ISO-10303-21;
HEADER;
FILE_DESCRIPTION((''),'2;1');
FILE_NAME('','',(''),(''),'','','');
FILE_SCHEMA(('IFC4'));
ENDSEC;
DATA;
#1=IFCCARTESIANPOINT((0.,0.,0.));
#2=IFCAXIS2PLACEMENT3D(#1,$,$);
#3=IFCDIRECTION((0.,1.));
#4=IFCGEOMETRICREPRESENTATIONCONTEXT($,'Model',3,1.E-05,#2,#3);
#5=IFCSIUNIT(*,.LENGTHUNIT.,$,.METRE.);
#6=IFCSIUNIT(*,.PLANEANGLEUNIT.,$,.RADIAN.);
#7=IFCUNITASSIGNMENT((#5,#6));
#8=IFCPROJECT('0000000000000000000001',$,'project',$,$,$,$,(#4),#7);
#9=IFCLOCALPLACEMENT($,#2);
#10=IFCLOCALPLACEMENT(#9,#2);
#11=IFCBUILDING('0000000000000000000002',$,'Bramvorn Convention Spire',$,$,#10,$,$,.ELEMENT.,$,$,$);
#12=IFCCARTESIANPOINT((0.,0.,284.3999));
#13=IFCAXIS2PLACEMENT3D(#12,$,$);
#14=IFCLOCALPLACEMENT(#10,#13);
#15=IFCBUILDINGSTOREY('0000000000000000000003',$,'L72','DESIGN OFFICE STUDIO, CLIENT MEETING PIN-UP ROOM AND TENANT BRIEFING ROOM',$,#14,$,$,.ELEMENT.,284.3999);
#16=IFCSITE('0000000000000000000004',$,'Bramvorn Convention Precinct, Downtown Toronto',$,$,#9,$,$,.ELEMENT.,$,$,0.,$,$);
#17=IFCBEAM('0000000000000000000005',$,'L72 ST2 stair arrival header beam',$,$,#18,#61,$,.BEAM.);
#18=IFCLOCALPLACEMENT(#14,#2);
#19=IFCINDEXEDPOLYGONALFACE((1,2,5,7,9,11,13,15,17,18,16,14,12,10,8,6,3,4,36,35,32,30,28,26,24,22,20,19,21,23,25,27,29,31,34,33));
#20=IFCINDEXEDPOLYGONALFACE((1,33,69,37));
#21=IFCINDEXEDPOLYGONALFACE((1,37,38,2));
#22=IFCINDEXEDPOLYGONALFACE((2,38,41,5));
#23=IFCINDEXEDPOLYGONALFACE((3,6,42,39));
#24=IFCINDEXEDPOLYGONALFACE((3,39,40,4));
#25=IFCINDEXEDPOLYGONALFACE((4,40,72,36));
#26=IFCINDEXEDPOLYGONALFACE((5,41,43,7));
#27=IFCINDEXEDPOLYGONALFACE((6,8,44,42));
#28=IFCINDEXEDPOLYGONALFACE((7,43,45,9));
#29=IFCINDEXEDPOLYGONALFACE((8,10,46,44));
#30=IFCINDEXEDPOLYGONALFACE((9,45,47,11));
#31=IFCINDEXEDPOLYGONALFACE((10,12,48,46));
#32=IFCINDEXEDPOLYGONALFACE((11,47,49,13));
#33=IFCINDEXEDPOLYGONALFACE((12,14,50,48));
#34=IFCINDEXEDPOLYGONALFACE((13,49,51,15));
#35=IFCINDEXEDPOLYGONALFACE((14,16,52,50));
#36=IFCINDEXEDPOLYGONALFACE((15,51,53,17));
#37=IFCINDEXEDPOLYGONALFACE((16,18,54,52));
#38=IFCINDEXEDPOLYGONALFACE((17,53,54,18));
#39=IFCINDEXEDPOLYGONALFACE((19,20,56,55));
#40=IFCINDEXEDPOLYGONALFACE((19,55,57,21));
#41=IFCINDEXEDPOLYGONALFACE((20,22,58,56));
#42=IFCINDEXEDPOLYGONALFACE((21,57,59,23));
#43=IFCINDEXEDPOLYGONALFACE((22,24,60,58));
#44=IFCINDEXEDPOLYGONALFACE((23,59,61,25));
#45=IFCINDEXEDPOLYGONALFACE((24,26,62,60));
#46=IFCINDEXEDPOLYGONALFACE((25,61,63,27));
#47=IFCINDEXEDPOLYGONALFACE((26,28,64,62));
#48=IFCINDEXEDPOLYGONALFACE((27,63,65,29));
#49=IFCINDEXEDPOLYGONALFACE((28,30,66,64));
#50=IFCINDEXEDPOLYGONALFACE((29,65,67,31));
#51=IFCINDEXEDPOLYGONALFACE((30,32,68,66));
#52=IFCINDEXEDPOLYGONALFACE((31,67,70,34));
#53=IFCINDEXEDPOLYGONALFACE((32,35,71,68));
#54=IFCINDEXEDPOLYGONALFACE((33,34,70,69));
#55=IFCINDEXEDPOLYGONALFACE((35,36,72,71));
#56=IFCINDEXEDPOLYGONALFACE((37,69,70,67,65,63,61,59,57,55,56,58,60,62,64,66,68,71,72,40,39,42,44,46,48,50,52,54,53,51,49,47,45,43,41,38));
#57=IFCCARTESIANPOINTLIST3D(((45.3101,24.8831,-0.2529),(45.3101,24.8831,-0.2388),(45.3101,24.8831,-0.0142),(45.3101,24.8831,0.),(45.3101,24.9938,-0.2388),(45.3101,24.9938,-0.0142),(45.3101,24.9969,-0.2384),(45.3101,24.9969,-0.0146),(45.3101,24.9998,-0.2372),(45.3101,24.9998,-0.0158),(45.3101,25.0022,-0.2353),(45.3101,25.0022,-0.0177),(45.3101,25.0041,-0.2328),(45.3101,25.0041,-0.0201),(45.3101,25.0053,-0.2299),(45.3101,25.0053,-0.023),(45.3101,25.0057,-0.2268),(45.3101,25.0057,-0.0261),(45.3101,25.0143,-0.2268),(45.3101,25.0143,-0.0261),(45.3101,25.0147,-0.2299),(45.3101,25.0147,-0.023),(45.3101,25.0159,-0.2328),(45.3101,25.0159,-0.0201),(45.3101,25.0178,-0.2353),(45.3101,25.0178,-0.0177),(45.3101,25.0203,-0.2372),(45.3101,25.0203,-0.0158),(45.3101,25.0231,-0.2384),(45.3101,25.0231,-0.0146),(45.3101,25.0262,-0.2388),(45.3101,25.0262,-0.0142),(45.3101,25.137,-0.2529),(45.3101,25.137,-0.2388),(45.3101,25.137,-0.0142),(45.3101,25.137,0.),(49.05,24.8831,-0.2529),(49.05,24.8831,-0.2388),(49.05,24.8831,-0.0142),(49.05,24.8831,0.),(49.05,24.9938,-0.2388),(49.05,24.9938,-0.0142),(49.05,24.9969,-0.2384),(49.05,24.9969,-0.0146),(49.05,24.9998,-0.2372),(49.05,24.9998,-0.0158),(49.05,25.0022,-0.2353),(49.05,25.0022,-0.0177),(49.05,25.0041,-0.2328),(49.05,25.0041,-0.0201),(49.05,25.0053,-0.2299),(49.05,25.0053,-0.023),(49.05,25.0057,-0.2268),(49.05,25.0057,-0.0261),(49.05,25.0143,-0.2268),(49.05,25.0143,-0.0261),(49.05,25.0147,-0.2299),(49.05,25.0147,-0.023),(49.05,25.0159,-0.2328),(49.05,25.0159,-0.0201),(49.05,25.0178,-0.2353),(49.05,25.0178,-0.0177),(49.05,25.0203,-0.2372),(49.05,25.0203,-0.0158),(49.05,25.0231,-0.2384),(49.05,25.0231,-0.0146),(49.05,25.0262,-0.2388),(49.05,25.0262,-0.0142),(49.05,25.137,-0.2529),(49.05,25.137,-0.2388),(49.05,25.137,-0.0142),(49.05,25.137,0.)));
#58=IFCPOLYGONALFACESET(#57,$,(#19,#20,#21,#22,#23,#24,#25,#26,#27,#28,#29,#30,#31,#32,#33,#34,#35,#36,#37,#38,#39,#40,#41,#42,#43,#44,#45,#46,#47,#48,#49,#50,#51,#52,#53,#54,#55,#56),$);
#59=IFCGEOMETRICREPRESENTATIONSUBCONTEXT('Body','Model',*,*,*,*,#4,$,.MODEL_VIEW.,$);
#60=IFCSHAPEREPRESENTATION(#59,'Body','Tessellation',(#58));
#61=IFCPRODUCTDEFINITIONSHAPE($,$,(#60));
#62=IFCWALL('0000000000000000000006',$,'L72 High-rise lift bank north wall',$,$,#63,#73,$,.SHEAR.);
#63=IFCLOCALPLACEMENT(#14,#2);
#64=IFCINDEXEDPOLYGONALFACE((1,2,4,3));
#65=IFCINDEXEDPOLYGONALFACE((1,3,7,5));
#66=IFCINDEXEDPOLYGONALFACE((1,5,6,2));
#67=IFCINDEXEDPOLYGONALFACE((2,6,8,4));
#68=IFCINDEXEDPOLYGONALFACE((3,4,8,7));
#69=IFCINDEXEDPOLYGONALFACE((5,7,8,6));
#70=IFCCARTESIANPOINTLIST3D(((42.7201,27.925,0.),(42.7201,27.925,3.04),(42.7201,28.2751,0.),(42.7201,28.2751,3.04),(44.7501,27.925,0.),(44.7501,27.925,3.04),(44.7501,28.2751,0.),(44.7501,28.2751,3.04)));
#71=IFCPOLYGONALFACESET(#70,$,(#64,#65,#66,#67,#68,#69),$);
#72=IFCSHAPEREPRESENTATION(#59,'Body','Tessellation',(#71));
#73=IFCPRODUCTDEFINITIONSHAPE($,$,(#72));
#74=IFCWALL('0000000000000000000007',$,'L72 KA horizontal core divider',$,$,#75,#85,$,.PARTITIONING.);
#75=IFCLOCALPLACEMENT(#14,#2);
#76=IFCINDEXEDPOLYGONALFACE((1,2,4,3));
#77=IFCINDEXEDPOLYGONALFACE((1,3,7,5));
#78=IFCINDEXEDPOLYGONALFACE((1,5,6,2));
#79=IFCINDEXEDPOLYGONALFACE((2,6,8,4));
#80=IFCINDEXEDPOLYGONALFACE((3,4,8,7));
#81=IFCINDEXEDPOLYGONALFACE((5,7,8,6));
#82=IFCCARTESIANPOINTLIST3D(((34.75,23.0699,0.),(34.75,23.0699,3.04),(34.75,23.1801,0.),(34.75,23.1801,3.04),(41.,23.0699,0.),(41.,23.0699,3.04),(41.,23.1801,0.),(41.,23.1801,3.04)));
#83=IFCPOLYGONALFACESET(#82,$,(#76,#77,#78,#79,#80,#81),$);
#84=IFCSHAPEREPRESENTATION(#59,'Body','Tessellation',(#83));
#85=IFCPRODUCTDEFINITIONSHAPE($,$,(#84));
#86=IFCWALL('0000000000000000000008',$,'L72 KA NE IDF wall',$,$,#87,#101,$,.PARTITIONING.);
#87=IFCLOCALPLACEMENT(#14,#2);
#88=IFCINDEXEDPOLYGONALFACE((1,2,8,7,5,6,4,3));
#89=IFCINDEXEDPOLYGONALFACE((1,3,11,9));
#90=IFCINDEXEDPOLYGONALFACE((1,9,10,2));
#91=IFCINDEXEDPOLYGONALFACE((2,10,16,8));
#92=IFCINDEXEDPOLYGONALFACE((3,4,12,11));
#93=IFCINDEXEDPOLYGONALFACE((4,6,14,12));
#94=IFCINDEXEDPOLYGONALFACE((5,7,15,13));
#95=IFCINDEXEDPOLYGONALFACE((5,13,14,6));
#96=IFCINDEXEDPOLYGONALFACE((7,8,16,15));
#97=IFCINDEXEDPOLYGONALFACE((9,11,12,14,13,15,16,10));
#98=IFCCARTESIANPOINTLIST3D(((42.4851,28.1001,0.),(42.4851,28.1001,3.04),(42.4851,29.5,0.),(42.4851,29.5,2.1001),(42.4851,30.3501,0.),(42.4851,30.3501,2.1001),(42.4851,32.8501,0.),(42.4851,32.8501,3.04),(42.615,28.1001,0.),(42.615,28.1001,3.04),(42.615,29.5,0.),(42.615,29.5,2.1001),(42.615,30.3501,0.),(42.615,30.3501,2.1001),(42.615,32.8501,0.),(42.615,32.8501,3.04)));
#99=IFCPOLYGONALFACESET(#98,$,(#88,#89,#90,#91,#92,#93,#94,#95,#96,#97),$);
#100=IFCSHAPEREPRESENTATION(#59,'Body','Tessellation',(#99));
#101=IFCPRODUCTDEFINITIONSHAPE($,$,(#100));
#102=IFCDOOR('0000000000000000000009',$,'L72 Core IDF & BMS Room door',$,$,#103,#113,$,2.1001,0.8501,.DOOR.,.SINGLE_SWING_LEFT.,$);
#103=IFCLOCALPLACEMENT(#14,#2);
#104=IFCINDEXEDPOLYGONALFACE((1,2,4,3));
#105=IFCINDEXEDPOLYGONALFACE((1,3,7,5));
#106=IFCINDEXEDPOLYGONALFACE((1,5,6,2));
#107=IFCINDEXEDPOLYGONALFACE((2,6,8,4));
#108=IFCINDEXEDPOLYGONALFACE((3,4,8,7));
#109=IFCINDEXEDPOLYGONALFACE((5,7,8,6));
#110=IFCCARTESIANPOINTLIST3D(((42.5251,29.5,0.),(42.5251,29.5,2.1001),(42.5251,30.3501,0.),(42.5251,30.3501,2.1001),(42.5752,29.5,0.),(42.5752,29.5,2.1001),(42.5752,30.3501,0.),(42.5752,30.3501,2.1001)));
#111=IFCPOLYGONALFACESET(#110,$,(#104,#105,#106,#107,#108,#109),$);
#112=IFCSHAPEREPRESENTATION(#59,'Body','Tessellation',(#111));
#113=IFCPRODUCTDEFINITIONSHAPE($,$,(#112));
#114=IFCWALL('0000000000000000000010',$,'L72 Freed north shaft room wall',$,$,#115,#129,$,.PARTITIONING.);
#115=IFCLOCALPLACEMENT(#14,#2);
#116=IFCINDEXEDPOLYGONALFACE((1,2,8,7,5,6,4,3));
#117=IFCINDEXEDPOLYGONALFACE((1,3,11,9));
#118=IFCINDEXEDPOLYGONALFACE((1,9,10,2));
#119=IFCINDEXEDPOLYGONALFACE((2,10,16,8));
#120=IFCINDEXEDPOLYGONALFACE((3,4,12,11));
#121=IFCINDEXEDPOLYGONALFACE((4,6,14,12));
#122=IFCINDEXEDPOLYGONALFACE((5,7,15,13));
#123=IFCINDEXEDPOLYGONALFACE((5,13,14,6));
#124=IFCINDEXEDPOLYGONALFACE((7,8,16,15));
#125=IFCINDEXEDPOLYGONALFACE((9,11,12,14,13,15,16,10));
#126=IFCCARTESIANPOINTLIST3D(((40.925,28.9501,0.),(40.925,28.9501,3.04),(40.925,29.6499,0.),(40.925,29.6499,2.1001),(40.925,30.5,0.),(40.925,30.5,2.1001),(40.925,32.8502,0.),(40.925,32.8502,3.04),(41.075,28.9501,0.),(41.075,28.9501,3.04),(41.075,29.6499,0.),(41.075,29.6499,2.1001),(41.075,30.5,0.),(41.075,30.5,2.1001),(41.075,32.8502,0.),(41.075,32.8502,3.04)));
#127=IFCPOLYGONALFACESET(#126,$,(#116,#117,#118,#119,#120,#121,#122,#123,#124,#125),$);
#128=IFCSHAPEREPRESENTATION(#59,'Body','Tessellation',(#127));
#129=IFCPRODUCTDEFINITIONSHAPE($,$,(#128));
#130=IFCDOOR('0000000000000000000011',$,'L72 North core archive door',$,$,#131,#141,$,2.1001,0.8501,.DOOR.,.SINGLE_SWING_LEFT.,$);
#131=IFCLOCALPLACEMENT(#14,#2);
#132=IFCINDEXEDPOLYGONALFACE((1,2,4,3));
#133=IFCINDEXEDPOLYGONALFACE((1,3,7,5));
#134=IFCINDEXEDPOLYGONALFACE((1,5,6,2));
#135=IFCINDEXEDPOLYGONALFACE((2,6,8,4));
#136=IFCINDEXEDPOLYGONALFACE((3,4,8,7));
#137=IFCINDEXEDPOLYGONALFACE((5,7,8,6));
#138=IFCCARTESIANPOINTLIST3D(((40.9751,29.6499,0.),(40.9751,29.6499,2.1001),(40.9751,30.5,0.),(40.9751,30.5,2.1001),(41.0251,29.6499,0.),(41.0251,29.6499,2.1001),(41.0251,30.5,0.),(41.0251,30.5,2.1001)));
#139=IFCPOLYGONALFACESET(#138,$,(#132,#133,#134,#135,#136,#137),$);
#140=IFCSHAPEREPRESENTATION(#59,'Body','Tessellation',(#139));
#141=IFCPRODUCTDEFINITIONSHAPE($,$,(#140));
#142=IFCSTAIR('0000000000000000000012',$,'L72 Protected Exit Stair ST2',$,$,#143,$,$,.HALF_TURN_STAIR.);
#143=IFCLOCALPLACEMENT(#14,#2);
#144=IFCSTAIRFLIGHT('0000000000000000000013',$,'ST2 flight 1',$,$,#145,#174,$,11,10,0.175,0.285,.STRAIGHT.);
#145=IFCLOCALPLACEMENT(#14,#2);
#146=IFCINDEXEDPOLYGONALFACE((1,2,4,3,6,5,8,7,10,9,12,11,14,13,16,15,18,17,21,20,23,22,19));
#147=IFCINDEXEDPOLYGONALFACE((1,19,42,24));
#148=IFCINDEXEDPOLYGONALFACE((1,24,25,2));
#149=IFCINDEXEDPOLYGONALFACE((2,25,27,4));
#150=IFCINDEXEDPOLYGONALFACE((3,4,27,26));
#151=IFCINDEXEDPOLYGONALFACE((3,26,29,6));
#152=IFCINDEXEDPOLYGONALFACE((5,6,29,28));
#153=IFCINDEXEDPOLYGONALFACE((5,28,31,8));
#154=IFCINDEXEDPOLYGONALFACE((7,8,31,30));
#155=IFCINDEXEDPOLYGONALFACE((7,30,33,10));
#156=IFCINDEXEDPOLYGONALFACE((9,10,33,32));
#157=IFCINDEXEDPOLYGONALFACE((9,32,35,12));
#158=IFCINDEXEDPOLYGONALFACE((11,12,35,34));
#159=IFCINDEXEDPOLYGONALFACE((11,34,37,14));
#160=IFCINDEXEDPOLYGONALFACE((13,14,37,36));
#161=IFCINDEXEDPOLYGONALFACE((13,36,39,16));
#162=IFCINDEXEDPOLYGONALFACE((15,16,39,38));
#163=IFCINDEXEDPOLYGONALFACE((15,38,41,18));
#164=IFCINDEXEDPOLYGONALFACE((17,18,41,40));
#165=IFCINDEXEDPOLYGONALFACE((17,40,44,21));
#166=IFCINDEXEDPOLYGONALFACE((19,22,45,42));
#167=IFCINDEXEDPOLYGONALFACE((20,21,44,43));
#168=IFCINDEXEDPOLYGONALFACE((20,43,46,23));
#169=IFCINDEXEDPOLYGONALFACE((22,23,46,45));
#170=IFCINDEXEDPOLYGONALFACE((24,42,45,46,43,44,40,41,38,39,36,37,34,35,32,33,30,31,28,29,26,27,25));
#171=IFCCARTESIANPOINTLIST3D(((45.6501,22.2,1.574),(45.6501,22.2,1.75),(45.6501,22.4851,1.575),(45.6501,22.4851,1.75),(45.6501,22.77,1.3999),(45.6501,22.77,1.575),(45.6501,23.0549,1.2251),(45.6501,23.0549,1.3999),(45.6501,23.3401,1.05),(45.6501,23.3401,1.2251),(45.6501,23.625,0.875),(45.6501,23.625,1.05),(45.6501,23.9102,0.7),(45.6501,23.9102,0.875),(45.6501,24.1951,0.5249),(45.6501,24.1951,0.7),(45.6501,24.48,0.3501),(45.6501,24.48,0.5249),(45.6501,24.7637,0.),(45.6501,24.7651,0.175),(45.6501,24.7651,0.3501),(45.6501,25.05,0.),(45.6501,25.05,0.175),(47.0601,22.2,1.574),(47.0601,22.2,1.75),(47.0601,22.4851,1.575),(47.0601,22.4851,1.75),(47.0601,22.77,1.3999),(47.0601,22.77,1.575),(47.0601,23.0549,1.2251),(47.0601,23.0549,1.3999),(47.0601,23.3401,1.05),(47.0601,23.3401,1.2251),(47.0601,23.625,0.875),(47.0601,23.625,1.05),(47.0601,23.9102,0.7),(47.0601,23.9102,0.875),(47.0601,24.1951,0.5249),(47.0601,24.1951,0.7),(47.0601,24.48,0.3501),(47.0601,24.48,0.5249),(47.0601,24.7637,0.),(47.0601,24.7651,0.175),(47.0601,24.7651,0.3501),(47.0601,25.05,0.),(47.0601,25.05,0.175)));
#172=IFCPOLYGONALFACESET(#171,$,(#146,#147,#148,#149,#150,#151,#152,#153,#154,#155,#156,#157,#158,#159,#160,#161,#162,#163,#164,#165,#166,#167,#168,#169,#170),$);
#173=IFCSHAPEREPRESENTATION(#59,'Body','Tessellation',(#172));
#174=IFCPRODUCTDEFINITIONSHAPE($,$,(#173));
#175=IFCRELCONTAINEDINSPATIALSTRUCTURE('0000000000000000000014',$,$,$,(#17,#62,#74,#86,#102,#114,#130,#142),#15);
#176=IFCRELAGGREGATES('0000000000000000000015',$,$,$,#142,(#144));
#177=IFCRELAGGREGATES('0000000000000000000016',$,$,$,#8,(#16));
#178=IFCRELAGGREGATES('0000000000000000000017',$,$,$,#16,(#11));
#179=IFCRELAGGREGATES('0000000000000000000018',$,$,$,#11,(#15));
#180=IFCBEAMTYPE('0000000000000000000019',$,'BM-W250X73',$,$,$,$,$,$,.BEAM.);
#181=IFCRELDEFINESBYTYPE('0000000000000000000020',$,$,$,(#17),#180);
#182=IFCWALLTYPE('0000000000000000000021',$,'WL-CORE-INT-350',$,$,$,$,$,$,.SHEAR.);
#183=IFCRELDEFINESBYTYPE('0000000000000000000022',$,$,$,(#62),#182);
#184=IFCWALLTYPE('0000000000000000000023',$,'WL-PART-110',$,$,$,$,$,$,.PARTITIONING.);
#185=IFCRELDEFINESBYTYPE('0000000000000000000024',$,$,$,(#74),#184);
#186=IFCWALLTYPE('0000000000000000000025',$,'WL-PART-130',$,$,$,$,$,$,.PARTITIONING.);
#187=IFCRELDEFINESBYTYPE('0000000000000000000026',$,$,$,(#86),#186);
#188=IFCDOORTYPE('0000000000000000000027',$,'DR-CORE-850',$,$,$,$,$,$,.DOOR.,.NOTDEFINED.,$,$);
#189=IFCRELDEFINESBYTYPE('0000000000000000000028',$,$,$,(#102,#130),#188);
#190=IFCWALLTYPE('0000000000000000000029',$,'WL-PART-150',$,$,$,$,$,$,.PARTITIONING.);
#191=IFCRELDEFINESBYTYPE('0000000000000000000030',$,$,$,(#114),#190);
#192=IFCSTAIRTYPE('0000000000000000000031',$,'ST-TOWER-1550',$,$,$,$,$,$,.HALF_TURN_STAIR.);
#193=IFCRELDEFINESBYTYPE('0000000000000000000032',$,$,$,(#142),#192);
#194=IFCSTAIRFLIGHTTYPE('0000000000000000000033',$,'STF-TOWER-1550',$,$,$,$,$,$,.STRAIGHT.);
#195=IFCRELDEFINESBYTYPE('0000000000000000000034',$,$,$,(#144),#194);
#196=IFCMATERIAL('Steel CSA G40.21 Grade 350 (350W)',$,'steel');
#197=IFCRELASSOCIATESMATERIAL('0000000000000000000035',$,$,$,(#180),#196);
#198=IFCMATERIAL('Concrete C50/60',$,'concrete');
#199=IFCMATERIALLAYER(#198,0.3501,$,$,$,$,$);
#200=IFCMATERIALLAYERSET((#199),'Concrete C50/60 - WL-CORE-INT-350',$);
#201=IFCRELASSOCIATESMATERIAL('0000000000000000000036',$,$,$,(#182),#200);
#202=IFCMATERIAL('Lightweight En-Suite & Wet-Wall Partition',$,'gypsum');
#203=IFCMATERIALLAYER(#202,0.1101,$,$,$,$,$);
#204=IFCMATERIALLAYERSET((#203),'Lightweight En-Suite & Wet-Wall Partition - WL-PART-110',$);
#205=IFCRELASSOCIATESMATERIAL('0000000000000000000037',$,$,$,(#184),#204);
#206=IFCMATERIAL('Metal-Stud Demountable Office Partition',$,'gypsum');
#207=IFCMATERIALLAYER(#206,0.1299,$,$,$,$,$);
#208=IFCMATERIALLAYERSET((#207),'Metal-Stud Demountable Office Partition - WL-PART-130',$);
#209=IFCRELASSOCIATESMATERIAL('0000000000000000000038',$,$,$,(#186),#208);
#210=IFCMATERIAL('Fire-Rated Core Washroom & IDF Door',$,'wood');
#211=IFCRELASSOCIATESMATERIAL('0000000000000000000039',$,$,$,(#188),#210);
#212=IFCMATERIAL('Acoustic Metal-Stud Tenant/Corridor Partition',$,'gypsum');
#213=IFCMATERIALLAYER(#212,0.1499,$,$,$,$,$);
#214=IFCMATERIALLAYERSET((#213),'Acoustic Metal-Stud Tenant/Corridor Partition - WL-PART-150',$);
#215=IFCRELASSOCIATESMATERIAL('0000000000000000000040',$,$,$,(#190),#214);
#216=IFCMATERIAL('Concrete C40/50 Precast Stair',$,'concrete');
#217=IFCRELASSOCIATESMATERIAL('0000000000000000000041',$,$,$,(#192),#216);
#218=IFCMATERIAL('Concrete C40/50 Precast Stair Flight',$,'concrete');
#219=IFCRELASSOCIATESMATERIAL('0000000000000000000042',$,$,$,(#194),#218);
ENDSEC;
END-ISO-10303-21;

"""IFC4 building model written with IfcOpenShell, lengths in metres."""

from ifc_helpers import new_model, si_unit, direction, frame, frame_2d, origin, origin_2d, place, context, subcontext, project, spatial, polyline, rectangle, i_section, outline, extrude, material, layer, layer_set, material_profile, profile_set, type_object, element, fill, aggregate, save


model = new_model("IFC4")

# Units and contexts
model_context = context("Model", 3, precision=1e-05, world=origin(), true_north=direction((0.0, 1.0)))
body_context = subcontext(model_context, "Body", "Model", "MODEL_VIEW")
ifc_project = project(units=[si_unit("LENGTHUNIT", "METRE"), si_unit("PLANEANGLEUNIT", "RADIAN")], contexts=[model_context])

# Site, building, storey
site_placement = place(None, origin())
site = spatial("IfcSite", under=ifc_project, at=site_placement, Name="Bramvorn Convention Precinct, Downtown Toronto", CompositionType="ELEMENT", RefElevation=0.0)
building_placement = place(site_placement, origin())
building = spatial("IfcBuilding", under=site, at=building_placement, Name="Bramvorn Convention Spire", CompositionType="ELEMENT")
storey_placement = place(building_placement, frame((0.0, 0.0, 284.3999)))
storey = spatial("IfcBuildingStorey", under=building, at=storey_placement, Name="L72", Description="DESIGN OFFICE STUDIO, CLIENT MEETING PIN-UP ROOM AND TENANT BRIEFING ROOM", CompositionType="ELEMENT", Elevation=284.3999)

# Beam
ifc_material_1 = material(Name="Steel CSA G40.21 Grade 350 (350W)", Category="steel")
ifc_material_profile = material_profile(ifc_material_1, i_section(OverallWidth=0.2539, OverallDepth=0.2529, WebThickness=0.0085, FlangeThickness=0.0142, FilletRadius=0.012, at=origin_2d()))
ifc_profile_set = profile_set([ifc_material_profile], Name="Steel CSA G40.21 Grade 350 (350W) - W250X73")
beam_type = type_object("IfcBeamType", Name="BM-W250X73", PredefinedType="BEAM", material=ifc_profile_set)
beam_placement = place(storey_placement, frame((45.3101, 25.01, -0.1265), z_axis=(1.0, 0.0, 0.0), x_axis=(0.0, 1.0, 0.0)))
element("IfcBeam", 1, at=beam_placement, inside=storey, type_object=beam_type, Name="L72 ST2 stair arrival header beam", PredefinedType="BEAM", context=body_context, shape_type="SweptSolid", body=[
    extrude(i_section(OverallWidth=0.2539, OverallDepth=0.2529, WebThickness=0.0085, FlangeThickness=0.0142, FilletRadius=0.012, at=origin_2d()), origin(), (0.0, 0.0, 1.0), 3.74),
])

# Walls
ifc_material_2 = material(Name="Concrete C50/60", Category="concrete")
ifc_layer_1 = layer(ifc_material_2, 0.3501)
ifc_layer_set_1 = layer_set([ifc_layer_1], Name="Concrete C50/60 - WL-CORE-INT-350")
wall_type_1 = type_object("IfcWallType", Name="WL-CORE-INT-350", PredefinedType="SHEAR", material=ifc_layer_set_1)
wall_1_placement = place(storey_placement, frame((42.72, 28.1001, 0.0), z_axis=(0.0, 0.0, 1.0), x_axis=(1.0, 0.0, 0.0)))
element("IfcWall", 2, at=wall_1_placement, inside=storey, type_object=wall_type_1, Name="L72 High-rise lift bank north wall", PredefinedType="SHEAR", context=body_context, shape_type="SweptSolid", body=[
    extrude(rectangle(XDim=2.03, YDim=0.3501, at=frame_2d((1.0151, 0.0))), origin(), (0.0, 0.0, 1.0), 3.04),
])
ifc_material_3 = material(Name="Lightweight En-Suite & Wet-Wall Partition", Category="gypsum")
ifc_layer_2 = layer(ifc_material_3, 0.1101)
ifc_layer_set_2 = layer_set([ifc_layer_2], Name="Lightweight En-Suite & Wet-Wall Partition - WL-PART-110")
wall_type_2 = type_object("IfcWallType", Name="WL-PART-110", PredefinedType="PARTITIONING", material=ifc_layer_set_2)
wall_2_placement = place(storey_placement, frame((34.75, 23.125, 0.0), z_axis=(0.0, 0.0, 1.0), x_axis=(1.0, 0.0, 0.0)))
element("IfcWall", 3, at=wall_2_placement, inside=storey, type_object=wall_type_2, Name="L72 KA horizontal core divider", PredefinedType="PARTITIONING", context=body_context, shape_type="SweptSolid", body=[
    extrude(rectangle(XDim=6.25, YDim=0.1101, at=frame_2d((3.125, 0.0))), origin(), (0.0, 0.0, 1.0), 3.04),
])

# Walls, openings, doors
ifc_material_4 = material(Name="Metal-Stud Demountable Office Partition", Category="gypsum")
ifc_layer_3 = layer(ifc_material_4, 0.1299)
ifc_layer_set_3 = layer_set([ifc_layer_3], Name="Metal-Stud Demountable Office Partition - WL-PART-130")
wall_type_3 = type_object("IfcWallType", Name="WL-PART-130", PredefinedType="PARTITIONING", material=ifc_layer_set_3)
wall_3_placement = place(storey_placement, frame((42.55, 28.1001, 0.0), z_axis=(0.0, 0.0, 1.0), x_axis=(0.0, 1.0, 0.0)))
wall_3 = element("IfcWall", 4, at=wall_3_placement, inside=storey, type_object=wall_type_3, Name="L72 KA NE IDF wall", PredefinedType="PARTITIONING", context=body_context, shape_type="SweptSolid", body=[
    extrude(rectangle(XDim=4.75, YDim=0.1299, at=frame_2d((2.375, 0.0))), origin(), (0.0, 0.0, 1.0), 3.04),
])
opening_1_placement = place(wall_3_placement, frame((1.3999, 0.0, 0.0)))
opening_1 = element("IfcOpeningElement", 5, at=opening_1_placement, cuts=wall_3, PredefinedType="OPENING", context=body_context, shape_type="SweptSolid", body=[
    extrude(rectangle(XDim=0.8501, YDim=2.1001, at=frame_2d((0.425, 1.05))), frame((0.0, 0.075, 0.0), z_axis=(0.0, -1.0, 0.0), x_axis=(1.0, 0.0, 0.0)), (0.0, 0.0, 1.0), 0.1499),
])
ifc_material_5 = material(Name="Fire-Rated Core Washroom & IDF Door", Category="wood")
door_type_1 = type_object("IfcDoorType", Name="DR-CORE-850", OperationType="NOTDEFINED", PredefinedType="DOOR", material=ifc_material_5)
door_1_placement = place(opening_1_placement, origin())
door_1 = element("IfcDoor", 6, at=door_1_placement, inside=storey, type_object=door_type_1, Name="L72 Core IDF & BMS Room door", OperationType="SINGLE_SWING_LEFT", OverallHeight=2.1001, OverallWidth=0.8501, PredefinedType="DOOR", context=body_context, shape_type="SweptSolid", body=[
    extrude(rectangle(XDim=0.8501, YDim=2.1001, at=frame_2d((0.425, 1.05))), frame((0.0, 0.0249, 0.0), z_axis=(0.0, -1.0, 0.0), x_axis=(1.0, 0.0, 0.0)), (0.0, 0.0, 1.0), 0.05),
])
fill(opening_1, door_1)
ifc_material_6 = material(Name="Acoustic Metal-Stud Tenant/Corridor Partition", Category="gypsum")
ifc_layer_4 = layer(ifc_material_6, 0.1499)
ifc_layer_set_4 = layer_set([ifc_layer_4], Name="Acoustic Metal-Stud Tenant/Corridor Partition - WL-PART-150")
wall_type_4 = type_object("IfcWallType", Name="WL-PART-150", PredefinedType="PARTITIONING", material=ifc_layer_set_4)
wall_4_placement = place(storey_placement, frame((41.0, 28.95, 0.0), z_axis=(0.0, 0.0, 1.0), x_axis=(0.0, 1.0, 0.0)))
wall_4 = element("IfcWall", 7, at=wall_4_placement, inside=storey, type_object=wall_type_4, Name="L72 Freed north shaft room wall", PredefinedType="PARTITIONING", context=body_context, shape_type="SweptSolid", body=[
    extrude(rectangle(XDim=3.9001, YDim=0.1499, at=frame_2d((1.9502, 0.0))), origin(), (0.0, 0.0, 1.0), 3.04),
])
opening_2_placement = place(wall_4_placement, frame((0.7, 0.0, 0.0)))
opening_2 = element("IfcOpeningElement", 8, at=opening_2_placement, cuts=wall_4, PredefinedType="OPENING", context=body_context, shape_type="SweptSolid", body=[
    extrude(rectangle(XDim=0.8501, YDim=2.1001, at=frame_2d((0.425, 1.05))), frame((0.0, 0.085, 0.0), z_axis=(0.0, -1.0, 0.0), x_axis=(1.0, 0.0, 0.0)), (0.0, 0.0, 1.0), 0.1699),
])
door_2_placement = place(opening_2_placement, origin())
door_2 = element("IfcDoor", 9, at=door_2_placement, inside=storey, type_object=door_type_1, Name="L72 North core archive door", OperationType="SINGLE_SWING_LEFT", OverallHeight=2.1001, OverallWidth=0.8501, PredefinedType="DOOR", context=body_context, shape_type="SweptSolid", body=[
    extrude(rectangle(XDim=0.8501, YDim=2.1001, at=frame_2d((0.425, 1.05))), frame((0.0, 0.0249, 0.0), z_axis=(0.0, -1.0, 0.0), x_axis=(1.0, 0.0, 0.0)), (0.0, 0.0, 1.0), 0.05),
])
fill(opening_2, door_2)

# Stair, stair flight
ifc_material_7 = material(Name="Concrete C40/50 Precast Stair", Category="concrete")
stair_type = type_object("IfcStairType", Name="ST-TOWER-1550", PredefinedType="HALF_TURN_STAIR", material=ifc_material_7)
stair_placement = place(storey_placement, origin())
stair = element("IfcStair", 10, at=stair_placement, inside=storey, type_object=stair_type, Name="L72 Protected Exit Stair ST2", PredefinedType="HALF_TURN_STAIR")
ifc_material_8 = material(Name="Concrete C40/50 Precast Stair Flight", Category="concrete")
stair_flight_type = type_object("IfcStairFlightType", Name="STF-TOWER-1550", PredefinedType="STRAIGHT", material=ifc_material_8)
stair_flight_1_placement = place(storey_placement, frame((46.355, 25.05, 0.0), z_axis=(0.0, 0.0, 1.0), x_axis=(0.0, -1.0, 0.0)))
stair_flight_1 = element("IfcStairFlight", 11, at=stair_flight_1_placement, type_object=stair_flight_type, Name="ST2 flight 1", NumberOfRisers=11, NumberOfTreads=10, PredefinedType="STRAIGHT", RiserHeight=0.175, TreadLength=0.285, context=body_context, shape_type="SweptSolid", body=[
    extrude(outline(polyline([(0.0, 0.0), (0.0, 0.175), (0.2849, 0.175), (0.2849, 0.3501), (0.5701, 0.3501), (0.5701, 0.5249), (0.855, 0.5249), (0.855, 0.7), (1.1399, 0.7), (1.1399, 0.875), (1.425, 0.875), (1.425, 1.05), (1.71, 1.05), (1.71, 1.2251), (1.9951, 1.2251), (1.9951, 1.3999), (2.28, 1.3999), (2.28, 1.575), (2.5649, 1.575), (2.5649, 1.75), (2.8501, 1.75), (2.8501, 1.925), (2.8501, 1.574), (0.2864, 0.0), (0.0, 0.0)])), frame((0.0, 0.7051, 0.0), z_axis=(0.0, -1.0, 0.0), x_axis=(1.0, 0.0, 0.0)), (0.0, 0.0, 1.0), 1.4099),
])
aggregate(stair, [stair_flight_1])

save(model, "model.ifc")
